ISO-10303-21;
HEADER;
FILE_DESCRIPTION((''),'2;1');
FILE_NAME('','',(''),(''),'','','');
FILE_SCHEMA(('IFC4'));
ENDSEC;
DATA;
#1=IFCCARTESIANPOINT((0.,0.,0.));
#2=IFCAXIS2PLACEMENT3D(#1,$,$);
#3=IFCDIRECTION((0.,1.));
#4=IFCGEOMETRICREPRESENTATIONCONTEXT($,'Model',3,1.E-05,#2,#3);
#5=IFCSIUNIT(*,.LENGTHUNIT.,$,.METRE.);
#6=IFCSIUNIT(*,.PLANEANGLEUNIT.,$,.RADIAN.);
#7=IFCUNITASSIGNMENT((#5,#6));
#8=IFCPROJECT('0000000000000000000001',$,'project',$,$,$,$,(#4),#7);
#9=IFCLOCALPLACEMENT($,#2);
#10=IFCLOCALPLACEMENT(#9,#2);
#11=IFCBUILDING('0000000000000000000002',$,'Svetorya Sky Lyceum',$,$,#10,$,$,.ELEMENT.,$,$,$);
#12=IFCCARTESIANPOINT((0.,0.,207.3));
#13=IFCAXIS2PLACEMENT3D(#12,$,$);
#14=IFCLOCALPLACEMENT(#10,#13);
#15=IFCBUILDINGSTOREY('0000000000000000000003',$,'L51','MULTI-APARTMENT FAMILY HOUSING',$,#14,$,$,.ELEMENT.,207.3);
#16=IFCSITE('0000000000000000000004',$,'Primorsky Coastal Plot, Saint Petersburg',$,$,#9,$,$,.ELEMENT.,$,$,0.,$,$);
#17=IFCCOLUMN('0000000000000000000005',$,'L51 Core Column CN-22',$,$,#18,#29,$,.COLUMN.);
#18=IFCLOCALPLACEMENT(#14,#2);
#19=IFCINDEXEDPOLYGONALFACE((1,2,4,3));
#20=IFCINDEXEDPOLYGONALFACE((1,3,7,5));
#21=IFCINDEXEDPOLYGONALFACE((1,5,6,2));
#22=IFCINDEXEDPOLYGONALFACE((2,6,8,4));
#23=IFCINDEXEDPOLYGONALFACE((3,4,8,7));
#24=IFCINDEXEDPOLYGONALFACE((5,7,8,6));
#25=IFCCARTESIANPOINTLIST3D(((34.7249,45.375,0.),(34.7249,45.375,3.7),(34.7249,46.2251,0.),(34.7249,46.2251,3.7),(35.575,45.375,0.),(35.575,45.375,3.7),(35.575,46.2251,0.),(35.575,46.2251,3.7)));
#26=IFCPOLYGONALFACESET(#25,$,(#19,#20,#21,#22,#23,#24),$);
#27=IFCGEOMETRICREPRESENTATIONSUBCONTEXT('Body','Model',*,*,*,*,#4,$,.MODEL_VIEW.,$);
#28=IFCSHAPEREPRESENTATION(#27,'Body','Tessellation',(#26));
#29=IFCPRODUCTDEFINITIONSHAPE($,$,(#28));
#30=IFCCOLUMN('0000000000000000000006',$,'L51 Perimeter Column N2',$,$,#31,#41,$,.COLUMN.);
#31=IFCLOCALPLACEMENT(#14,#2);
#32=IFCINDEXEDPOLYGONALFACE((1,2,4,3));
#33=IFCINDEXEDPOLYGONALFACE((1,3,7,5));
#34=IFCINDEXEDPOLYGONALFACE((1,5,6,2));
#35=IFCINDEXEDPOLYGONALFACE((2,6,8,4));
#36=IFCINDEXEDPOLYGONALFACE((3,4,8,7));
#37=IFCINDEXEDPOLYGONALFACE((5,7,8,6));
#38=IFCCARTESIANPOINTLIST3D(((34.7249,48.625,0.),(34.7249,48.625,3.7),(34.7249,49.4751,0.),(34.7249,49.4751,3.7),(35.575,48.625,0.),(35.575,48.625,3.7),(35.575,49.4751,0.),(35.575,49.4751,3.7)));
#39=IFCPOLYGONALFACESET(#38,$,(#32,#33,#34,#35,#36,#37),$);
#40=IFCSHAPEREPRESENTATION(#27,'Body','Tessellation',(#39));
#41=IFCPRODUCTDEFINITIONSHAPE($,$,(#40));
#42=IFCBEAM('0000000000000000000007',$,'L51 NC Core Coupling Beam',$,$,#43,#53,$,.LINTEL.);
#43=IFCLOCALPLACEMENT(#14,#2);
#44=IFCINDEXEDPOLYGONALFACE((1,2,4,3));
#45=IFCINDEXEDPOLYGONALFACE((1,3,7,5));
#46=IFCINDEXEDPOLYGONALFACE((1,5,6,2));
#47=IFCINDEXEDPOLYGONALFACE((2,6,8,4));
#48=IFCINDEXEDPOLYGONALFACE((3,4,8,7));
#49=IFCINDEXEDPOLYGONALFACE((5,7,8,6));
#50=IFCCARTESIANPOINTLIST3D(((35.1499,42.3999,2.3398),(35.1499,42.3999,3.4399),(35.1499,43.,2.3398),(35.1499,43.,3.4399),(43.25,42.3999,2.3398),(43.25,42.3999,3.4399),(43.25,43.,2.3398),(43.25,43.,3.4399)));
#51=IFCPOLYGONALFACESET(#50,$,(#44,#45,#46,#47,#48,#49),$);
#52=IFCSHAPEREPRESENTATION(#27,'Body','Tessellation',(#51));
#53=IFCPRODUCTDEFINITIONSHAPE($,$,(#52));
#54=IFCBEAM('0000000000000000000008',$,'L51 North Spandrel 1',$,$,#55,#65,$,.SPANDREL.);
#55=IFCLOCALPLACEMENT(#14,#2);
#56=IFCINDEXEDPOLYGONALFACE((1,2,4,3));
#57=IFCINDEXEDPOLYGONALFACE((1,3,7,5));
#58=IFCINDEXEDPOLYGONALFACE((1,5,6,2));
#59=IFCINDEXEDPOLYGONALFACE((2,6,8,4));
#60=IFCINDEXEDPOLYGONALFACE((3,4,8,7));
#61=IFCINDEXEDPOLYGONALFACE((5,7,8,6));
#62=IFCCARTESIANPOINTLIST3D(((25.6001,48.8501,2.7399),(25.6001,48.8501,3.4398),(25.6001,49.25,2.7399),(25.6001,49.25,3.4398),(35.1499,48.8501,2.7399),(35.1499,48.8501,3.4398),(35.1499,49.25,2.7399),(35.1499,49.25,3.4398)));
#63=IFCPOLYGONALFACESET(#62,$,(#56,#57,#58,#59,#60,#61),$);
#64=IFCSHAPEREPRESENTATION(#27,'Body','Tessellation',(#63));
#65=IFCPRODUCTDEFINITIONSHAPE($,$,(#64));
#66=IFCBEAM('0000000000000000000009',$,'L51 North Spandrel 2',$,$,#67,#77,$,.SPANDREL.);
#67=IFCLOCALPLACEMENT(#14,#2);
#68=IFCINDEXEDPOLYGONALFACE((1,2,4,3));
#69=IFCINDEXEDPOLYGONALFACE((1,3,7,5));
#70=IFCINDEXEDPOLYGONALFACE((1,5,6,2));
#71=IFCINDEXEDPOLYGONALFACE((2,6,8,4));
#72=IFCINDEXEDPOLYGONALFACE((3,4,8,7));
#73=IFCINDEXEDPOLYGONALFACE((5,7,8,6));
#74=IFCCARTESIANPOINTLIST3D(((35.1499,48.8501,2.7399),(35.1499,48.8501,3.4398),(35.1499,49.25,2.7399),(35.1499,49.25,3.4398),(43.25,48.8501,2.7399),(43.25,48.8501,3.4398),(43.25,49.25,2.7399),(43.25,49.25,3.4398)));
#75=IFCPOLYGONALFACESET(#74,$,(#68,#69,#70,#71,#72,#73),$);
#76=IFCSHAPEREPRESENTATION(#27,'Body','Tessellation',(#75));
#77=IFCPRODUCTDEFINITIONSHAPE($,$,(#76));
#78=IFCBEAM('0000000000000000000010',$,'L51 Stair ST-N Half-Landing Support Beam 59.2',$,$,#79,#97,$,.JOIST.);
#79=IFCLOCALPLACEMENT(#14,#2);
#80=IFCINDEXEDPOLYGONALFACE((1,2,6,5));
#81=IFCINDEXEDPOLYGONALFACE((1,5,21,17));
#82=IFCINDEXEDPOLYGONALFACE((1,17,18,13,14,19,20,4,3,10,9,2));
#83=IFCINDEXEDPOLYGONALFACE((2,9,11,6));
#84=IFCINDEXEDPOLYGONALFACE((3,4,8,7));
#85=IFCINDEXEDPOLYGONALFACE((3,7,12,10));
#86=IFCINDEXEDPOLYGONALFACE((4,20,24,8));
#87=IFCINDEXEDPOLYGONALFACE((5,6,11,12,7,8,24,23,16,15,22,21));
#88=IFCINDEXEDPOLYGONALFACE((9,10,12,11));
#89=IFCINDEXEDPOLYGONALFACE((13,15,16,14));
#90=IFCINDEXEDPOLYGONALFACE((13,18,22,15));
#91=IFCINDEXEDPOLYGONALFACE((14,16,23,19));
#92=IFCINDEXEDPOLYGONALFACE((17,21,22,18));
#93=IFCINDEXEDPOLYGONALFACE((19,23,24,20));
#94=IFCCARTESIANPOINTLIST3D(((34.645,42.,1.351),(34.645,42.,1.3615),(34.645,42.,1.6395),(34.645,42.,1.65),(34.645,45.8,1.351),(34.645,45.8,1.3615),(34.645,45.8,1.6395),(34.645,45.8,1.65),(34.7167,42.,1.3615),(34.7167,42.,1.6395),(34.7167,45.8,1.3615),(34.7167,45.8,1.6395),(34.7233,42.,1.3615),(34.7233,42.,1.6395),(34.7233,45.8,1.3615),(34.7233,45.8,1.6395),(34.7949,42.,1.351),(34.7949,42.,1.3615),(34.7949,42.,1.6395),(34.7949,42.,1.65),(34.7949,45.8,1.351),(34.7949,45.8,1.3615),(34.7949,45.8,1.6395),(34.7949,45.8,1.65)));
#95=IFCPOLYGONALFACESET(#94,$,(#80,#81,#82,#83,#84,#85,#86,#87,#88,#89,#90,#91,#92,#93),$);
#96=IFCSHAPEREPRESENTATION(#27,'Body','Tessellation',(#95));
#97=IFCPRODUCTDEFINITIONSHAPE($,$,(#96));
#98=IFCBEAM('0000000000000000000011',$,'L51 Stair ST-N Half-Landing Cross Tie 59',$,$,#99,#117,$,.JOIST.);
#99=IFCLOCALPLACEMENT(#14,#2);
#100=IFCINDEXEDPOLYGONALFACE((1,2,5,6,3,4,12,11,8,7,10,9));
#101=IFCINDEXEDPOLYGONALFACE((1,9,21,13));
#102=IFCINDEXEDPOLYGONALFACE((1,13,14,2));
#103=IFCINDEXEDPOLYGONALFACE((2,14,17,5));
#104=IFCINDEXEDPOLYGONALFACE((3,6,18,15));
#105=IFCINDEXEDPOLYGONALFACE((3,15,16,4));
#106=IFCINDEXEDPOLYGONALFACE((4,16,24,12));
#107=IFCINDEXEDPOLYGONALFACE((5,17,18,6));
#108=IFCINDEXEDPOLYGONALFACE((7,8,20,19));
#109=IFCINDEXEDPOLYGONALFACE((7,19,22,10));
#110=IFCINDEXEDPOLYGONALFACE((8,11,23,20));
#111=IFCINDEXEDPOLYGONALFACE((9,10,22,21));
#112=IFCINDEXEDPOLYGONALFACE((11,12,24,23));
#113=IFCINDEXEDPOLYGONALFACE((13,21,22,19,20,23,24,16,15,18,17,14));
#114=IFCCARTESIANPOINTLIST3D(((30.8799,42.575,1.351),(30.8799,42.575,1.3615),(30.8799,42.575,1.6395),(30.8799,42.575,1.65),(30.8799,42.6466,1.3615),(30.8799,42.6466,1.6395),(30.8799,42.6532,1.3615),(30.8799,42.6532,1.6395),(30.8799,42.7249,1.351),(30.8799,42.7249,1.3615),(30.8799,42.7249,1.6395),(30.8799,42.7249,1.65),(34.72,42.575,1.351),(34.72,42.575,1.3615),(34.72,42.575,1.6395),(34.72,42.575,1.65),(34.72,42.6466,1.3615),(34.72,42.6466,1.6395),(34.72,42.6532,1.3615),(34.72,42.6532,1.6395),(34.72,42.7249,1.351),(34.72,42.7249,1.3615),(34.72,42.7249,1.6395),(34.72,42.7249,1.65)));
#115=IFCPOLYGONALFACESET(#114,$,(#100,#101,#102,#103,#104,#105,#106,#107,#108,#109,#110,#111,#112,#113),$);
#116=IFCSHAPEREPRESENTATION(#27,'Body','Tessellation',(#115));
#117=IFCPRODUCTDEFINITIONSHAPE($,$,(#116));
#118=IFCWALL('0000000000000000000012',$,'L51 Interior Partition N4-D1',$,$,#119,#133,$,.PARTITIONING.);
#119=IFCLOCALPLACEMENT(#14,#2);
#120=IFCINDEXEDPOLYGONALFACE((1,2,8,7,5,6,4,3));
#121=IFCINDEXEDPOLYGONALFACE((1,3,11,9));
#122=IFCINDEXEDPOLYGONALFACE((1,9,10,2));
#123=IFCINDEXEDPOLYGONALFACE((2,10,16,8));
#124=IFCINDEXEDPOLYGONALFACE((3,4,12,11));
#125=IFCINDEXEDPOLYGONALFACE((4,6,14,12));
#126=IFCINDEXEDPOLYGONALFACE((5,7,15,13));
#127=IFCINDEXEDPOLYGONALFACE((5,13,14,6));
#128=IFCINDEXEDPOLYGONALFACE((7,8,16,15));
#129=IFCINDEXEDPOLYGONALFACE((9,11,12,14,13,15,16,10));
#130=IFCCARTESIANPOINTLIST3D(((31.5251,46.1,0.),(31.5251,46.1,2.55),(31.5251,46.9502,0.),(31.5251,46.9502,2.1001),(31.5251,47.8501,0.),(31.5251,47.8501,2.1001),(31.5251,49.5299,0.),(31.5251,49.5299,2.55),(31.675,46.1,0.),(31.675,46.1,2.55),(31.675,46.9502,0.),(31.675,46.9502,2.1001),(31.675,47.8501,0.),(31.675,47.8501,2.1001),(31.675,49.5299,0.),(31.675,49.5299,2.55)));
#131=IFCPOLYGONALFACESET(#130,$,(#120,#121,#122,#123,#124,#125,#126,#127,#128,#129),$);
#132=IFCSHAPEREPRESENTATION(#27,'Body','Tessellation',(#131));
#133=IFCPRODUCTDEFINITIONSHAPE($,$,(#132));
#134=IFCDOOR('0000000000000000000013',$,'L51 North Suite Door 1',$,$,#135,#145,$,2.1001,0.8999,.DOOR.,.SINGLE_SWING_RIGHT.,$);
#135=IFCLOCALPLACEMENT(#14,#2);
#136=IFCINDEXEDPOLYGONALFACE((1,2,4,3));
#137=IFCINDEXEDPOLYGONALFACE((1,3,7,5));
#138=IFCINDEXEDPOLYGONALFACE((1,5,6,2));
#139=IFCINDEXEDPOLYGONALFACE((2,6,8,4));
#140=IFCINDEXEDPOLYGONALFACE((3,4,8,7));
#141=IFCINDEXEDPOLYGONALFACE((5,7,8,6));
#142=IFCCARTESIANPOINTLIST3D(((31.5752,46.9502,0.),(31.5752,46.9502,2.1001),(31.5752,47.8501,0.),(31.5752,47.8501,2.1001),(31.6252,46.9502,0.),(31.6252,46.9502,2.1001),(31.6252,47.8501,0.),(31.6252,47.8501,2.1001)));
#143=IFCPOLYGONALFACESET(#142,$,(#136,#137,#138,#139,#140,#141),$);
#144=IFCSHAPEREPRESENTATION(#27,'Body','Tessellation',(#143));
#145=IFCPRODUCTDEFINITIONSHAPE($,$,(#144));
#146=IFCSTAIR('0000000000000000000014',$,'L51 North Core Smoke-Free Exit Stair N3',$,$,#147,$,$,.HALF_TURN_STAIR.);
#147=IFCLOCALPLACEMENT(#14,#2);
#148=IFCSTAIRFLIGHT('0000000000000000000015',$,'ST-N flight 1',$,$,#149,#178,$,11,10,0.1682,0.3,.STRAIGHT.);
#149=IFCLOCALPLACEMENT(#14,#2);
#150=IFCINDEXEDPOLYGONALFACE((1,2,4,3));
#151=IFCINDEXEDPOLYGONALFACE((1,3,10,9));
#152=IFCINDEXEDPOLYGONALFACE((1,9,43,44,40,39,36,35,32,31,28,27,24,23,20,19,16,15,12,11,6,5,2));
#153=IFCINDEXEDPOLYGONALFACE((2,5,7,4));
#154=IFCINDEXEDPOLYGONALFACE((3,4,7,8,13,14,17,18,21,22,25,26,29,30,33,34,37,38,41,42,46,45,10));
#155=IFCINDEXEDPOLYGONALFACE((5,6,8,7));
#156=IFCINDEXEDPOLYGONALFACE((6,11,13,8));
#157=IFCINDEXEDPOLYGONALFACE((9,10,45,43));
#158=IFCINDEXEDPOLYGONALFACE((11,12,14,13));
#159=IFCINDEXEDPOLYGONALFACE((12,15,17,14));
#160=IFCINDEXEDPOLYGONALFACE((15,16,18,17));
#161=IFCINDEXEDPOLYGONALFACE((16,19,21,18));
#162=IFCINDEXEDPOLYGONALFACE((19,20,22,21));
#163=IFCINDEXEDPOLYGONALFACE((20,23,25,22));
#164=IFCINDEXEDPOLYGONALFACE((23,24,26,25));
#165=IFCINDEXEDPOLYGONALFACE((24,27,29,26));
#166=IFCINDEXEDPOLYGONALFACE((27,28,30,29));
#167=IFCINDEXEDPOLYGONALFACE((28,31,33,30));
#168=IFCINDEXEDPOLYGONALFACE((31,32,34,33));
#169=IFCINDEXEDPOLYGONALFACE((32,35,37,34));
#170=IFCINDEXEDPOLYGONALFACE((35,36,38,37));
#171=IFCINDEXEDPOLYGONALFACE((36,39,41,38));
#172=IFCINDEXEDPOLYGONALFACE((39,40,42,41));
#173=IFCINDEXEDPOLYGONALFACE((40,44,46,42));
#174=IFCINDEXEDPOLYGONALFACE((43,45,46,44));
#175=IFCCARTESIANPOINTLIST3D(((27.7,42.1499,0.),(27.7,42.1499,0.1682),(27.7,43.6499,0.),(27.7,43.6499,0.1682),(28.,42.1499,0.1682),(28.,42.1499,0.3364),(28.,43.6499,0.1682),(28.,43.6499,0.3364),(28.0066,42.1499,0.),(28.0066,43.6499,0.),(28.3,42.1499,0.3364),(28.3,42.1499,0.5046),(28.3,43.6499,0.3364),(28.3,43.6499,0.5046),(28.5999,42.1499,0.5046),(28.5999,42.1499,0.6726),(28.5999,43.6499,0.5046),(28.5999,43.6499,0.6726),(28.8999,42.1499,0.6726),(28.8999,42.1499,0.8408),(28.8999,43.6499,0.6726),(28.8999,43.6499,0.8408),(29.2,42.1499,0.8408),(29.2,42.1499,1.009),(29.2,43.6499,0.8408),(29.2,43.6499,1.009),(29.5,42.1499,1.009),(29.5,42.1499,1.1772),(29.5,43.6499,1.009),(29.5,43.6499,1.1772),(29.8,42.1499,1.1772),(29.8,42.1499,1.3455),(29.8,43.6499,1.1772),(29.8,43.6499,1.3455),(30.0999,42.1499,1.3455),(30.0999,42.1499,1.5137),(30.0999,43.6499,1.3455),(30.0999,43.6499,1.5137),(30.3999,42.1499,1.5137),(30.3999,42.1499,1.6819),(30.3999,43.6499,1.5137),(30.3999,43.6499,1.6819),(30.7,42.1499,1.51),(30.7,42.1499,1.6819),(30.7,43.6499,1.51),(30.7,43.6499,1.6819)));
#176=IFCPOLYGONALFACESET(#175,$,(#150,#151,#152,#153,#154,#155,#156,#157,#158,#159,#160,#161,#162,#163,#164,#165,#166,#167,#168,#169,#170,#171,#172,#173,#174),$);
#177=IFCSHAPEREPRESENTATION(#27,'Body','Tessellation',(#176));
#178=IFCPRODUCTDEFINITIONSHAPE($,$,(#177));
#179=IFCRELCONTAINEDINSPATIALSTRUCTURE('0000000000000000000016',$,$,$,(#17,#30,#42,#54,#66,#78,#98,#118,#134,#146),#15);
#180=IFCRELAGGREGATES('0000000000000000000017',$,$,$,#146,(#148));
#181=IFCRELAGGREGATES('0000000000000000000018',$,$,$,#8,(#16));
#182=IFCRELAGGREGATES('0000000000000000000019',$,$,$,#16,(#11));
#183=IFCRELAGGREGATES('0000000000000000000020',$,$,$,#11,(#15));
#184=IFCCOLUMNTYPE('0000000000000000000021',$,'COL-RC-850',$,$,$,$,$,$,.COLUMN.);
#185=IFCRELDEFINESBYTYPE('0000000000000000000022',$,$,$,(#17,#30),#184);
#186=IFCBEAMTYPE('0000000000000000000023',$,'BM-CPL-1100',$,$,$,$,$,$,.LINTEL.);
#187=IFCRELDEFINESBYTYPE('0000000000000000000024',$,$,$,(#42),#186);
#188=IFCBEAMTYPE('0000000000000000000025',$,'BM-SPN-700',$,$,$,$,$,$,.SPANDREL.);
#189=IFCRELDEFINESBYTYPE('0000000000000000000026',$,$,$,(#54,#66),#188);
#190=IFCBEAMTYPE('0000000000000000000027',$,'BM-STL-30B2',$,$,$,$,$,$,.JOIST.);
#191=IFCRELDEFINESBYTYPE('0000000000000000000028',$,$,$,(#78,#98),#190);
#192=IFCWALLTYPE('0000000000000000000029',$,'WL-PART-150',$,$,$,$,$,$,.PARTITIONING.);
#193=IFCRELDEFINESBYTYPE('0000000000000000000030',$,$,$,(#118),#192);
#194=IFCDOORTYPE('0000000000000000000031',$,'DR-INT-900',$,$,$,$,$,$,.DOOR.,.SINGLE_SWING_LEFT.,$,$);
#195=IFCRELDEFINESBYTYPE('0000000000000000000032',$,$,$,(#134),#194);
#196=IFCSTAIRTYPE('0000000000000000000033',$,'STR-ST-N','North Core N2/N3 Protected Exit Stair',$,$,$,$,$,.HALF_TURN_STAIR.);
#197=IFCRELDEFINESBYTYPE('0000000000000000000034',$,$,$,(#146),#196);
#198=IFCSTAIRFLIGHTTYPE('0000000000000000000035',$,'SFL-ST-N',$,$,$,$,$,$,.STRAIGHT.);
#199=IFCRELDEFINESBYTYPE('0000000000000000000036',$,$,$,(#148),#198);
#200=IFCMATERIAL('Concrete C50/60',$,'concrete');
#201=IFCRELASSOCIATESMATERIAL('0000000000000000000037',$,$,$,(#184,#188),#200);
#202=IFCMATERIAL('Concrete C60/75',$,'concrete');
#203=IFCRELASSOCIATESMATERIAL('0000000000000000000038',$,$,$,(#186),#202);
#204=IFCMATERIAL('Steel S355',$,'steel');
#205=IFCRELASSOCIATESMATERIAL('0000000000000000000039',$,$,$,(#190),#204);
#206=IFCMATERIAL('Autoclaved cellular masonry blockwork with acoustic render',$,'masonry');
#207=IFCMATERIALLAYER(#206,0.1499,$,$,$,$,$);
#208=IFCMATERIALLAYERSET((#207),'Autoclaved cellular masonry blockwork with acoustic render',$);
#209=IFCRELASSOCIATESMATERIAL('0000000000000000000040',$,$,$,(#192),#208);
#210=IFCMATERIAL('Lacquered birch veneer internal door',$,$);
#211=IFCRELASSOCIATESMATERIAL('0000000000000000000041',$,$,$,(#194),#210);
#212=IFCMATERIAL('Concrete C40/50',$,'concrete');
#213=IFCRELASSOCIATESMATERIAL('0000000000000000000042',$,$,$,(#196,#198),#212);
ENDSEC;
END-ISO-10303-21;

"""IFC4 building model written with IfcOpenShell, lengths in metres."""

from ifc_helpers import new_model, si_unit, direction, frame, frame_2d, origin, origin_2d, place, context, subcontext, project, spatial, polyline, rectangle, i_section, outline, extrude, material, layer, layer_set, material_profile, profile_set, type_object, element, fill, aggregate, save


model = new_model("IFC4")

# Units and contexts
model_context = context("Model", 3, precision=1e-05, world=origin(), true_north=direction((0.0, 1.0)))
body_context = subcontext(model_context, "Body", "Model", "MODEL_VIEW")
ifc_project = project(units=[si_unit("LENGTHUNIT", "METRE"), si_unit("PLANEANGLEUNIT", "RADIAN")], contexts=[model_context])

# Site, building, storey
site_placement = place(None, origin())
site = spatial("IfcSite", under=ifc_project, at=site_placement, Name="Primorsky Coastal Plot, Saint Petersburg", CompositionType="ELEMENT", RefElevation=0.0)
building_placement = place(site_placement, origin())
building = spatial("IfcBuilding", under=site, at=building_placement, Name="Svetorya Sky Lyceum", CompositionType="ELEMENT")
storey_placement = place(building_placement, frame((0.0, 0.0, 207.3)))
storey = spatial("IfcBuildingStorey", under=building, at=storey_placement, Name="L51", Description="MULTI-APARTMENT FAMILY HOUSING", CompositionType="ELEMENT", Elevation=207.3)

# Columns
ifc_material_1 = material(Name="Concrete C50/60", Category="concrete")
ifc_material_profile_1 = material_profile(ifc_material_1, rectangle(XDim=0.8501, YDim=0.8501, at=origin_2d()), Name="RC COL 850x850")
ifc_profile_set_1 = profile_set([ifc_material_profile_1], Name="Concrete C50/60")
column_type = type_object("IfcColumnType", Name="COL-RC-850", PredefinedType="COLUMN", material=ifc_profile_set_1)
for number, where, z_axis, x_axis, name in (
    (1, (35.1499, 45.8, 0.0), (0.0, 0.0, 1.0), (1.0, 0.0, 0.0), "L51 Core Column CN-22"),
    (2, (35.1499, 49.05, 0.0), (0.0, 0.0, 1.0), (1.0, 0.0, 0.0), "L51 Perimeter Column N2"),
):
    element("IfcColumn", number, at=place(storey_placement, frame(where, z_axis=z_axis, x_axis=x_axis)), inside=storey, type_object=column_type, Name=name, PredefinedType="COLUMN", context=body_context, shape_type="SweptSolid", body=[
        extrude(rectangle(XDim=0.8501, YDim=0.8501, at=origin_2d()), origin(), (0.0, 0.0, 1.0), 3.7),
    ])

# Beams
ifc_material_2 = material(Name="Concrete C60/75", Category="concrete")
ifc_material_profile_2 = material_profile(ifc_material_2, rectangle(XDim=0.6001, YDim=1.1001, at=origin_2d()), Name="RC COUPLING 600x1100")
ifc_profile_set_2 = profile_set([ifc_material_profile_2], Name="Concrete C60/75")
beam_type_1 = type_object("IfcBeamType", Name="BM-CPL-1100", PredefinedType="LINTEL", material=ifc_profile_set_2)
beam_1_placement = place(storey_placement, frame((35.1499, 42.7, 2.8899), z_axis=(1.0, 0.0, 0.0), x_axis=(0.0, 1.0, 0.0)))
element("IfcBeam", 3, at=beam_1_placement, inside=storey, type_object=beam_type_1, Name="L51 NC Core Coupling Beam", PredefinedType="LINTEL", context=body_context, shape_type="SweptSolid", body=[
    extrude(rectangle(XDim=0.6001, YDim=1.1001, at=origin_2d()), origin(), (0.0, 0.0, 1.0), 8.1001),
])
ifc_material_profile_3 = material_profile(ifc_material_1, rectangle(XDim=0.3999, YDim=0.7, at=origin_2d()), Name="RC SPANDREL 400x700")
ifc_profile_set_3 = profile_set([ifc_material_profile_3], Name="Concrete C50/60")
beam_type_2 = type_object("IfcBeamType", Name="BM-SPN-700", PredefinedType="SPANDREL", material=ifc_profile_set_3)
beam_2_placement = place(storey_placement, frame((25.6001, 49.05, 3.0898), z_axis=(1.0, 0.0, 0.0), x_axis=(0.0, 1.0, 0.0)))
element("IfcBeam", 4, at=beam_2_placement, inside=storey, type_object=beam_type_2, Name="L51 North Spandrel 1", PredefinedType="SPANDREL", context=body_context, shape_type="SweptSolid", body=[
    extrude(rectangle(XDim=0.3999, YDim=0.7, at=origin_2d()), origin(), (0.0, 0.0, 1.0), 9.5498),
])
beam_3_placement = place(storey_placement, frame((35.1499, 49.05, 3.0898), z_axis=(1.0, 0.0, 0.0), x_axis=(0.0, 1.0, 0.0)))
element("IfcBeam", 5, at=beam_3_placement, inside=storey, type_object=beam_type_2, Name="L51 North Spandrel 2", PredefinedType="SPANDREL", context=body_context, shape_type="SweptSolid", body=[
    extrude(rectangle(XDim=0.3999, YDim=0.7, at=origin_2d()), origin(), (0.0, 0.0, 1.0), 8.1001),
])
ifc_material_3 = material(Name="Steel S355", Category="steel")
ifc_material_profile_4 = material_profile(ifc_material_3, i_section(OverallWidth=0.1499, OverallDepth=0.2991, WebThickness=0.0066, FlangeThickness=0.0105, at=origin_2d()), Name="GOST 30B2")
ifc_profile_set_4 = profile_set([ifc_material_profile_4], Name="Steel S355")
beam_type_3 = type_object("IfcBeamType", Name="BM-STL-30B2", PredefinedType="JOIST", material=ifc_profile_set_4)
beam_4_placement = place(storey_placement, frame((34.72, 42.0, 1.5005), z_axis=(0.0, 1.0, 0.0), x_axis=(-1.0, 0.0, 0.0)))
element("IfcBeam", 6, at=beam_4_placement, inside=storey, type_object=beam_type_3, Name="L51 Stair ST-N Half-Landing Support Beam 59.2", PredefinedType="JOIST", context=body_context, shape_type="SweptSolid", body=[
    extrude(i_section(OverallWidth=0.1499, OverallDepth=0.2991, WebThickness=0.0066, FlangeThickness=0.0105, at=origin_2d()), origin(), (0.0, 0.0, 1.0), 3.8),
])
beam_5_placement = place(storey_placement, frame((30.8799, 42.6499, 1.5005), z_axis=(1.0, 0.0, 0.0), x_axis=(0.0, 1.0, 0.0)))
element("IfcBeam", 7, at=beam_5_placement, inside=storey, type_object=beam_type_3, Name="L51 Stair ST-N Half-Landing Cross Tie 59", PredefinedType="JOIST", context=body_context, shape_type="SweptSolid", body=[
    extrude(i_section(OverallWidth=0.1499, OverallDepth=0.2991, WebThickness=0.0066, FlangeThickness=0.0105, at=origin_2d()), origin(), (0.0, 0.0, 1.0), 3.8401),
])

# Wall, opening, door
ifc_material_4 = material(Name="Autoclaved cellular masonry blockwork with acoustic render", Category="masonry")
ifc_layer = layer(ifc_material_4, 0.1499)
ifc_layer_set = layer_set([ifc_layer], Name="Autoclaved cellular masonry blockwork with acoustic render")
wall_type = type_object("IfcWallType", Name="WL-PART-150", PredefinedType="PARTITIONING", material=ifc_layer_set)
wall_placement = place(storey_placement, frame((31.6001, 46.1001, 0.0), z_axis=(0.0, 0.0, 1.0), x_axis=(0.0, 1.0, 0.0)))
wall = element("IfcWall", 8, at=wall_placement, inside=storey, type_object=wall_type, Name="L51 Interior Partition N4-D1", PredefinedType="PARTITIONING", context=body_context, shape_type="SweptSolid", body=[
    extrude(rectangle(XDim=3.4299, YDim=0.1499, at=frame_2d((1.7148, 0.0))), origin(), (0.0, 0.0, 1.0), 2.55),
])
opening_placement = place(wall_placement, frame((0.8501, 0.0, 0.0)))
opening = element("IfcOpeningElement", 9, at=opening_placement, cuts=wall, PredefinedType="OPENING", context=body_context, shape_type="SweptSolid", body=[
    extrude(rectangle(XDim=0.8999, YDim=2.1001, at=frame_2d((0.45, 1.05))), frame((0.0, 0.085, 0.0), z_axis=(0.0, -1.0, 0.0), x_axis=(1.0, 0.0, 0.0)), (0.0, 0.0, 1.0), 0.1699),
])
ifc_material_5 = material(Name="Lacquered birch veneer internal door")
door_type = type_object("IfcDoorType", Name="DR-INT-900", OperationType="SINGLE_SWING_LEFT", PredefinedType="DOOR", material=ifc_material_5)
door_placement = place(opening_placement, origin())
door = element("IfcDoor", 10, at=door_placement, inside=storey, type_object=door_type, Name="L51 North Suite Door 1", OperationType="SINGLE_SWING_RIGHT", OverallHeight=2.1001, OverallWidth=0.8999, PredefinedType="DOOR", context=body_context, shape_type="SweptSolid", body=[
    extrude(rectangle(XDim=0.8999, YDim=2.1001, at=frame_2d((0.45, 1.05))), frame((0.0, 0.0249, 0.0), z_axis=(0.0, -1.0, 0.0), x_axis=(1.0, 0.0, 0.0)), (0.0, 0.0, 1.0), 0.05),
])
fill(opening, door)

# Stair, stair flight
ifc_material_6 = material(Name="Concrete C40/50", Category="concrete")
stair_type = type_object("IfcStairType", Name="STR-ST-N", Description="North Core N2/N3 Protected Exit Stair", PredefinedType="HALF_TURN_STAIR", material=ifc_material_6)
stair_placement = place(storey_placement, origin())
stair = element("IfcStair", 11, at=stair_placement, inside=storey, type_object=stair_type, Name="L51 North Core Smoke-Free Exit Stair N3", PredefinedType="HALF_TURN_STAIR")
stair_flight_type = type_object("IfcStairFlightType", Name="SFL-ST-N", PredefinedType="STRAIGHT", material=ifc_material_6)
stair_flight_1_placement = place(storey_placement, frame((27.7, 42.8999, 0.0), z_axis=(0.0, 0.0, 1.0), x_axis=(1.0, 0.0, 0.0)))
stair_flight_1 = element("IfcStairFlight", 12, at=stair_flight_1_placement, type_object=stair_flight_type, Name="ST-N flight 1", NumberOfRisers=11, NumberOfTreads=10, PredefinedType="STRAIGHT", RiserHeight=0.1682, TreadLength=0.3, context=body_context, shape_type="SweptSolid", body=[
    extrude(outline(polyline([(0.0, 0.0), (0.0, 0.1682), (0.3, 0.1682), (0.3, 0.3364), (0.6001, 0.3364), (0.6001, 0.5046), (0.8999, 0.5046), (0.8999, 0.6726), (1.2, 0.6726), (1.2, 0.8408), (1.5, 0.8408), (1.5, 1.009), (1.8, 1.009), (1.8, 1.1772), (2.1001, 1.1772), (2.1001, 1.3455), (2.3999, 1.3455), (2.3999, 1.5137), (2.7, 1.5137), (2.7, 1.6819), (3.0, 1.6819), (3.0, 1.8501), (3.0, 1.51), (0.3066, 0.0), (0.0, 0.0)])), frame((0.0, 0.75, 0.0), z_axis=(0.0, -1.0, 0.0), x_axis=(1.0, 0.0, 0.0)), (0.0, 0.0, 1.0), 1.5),
])
aggregate(stair, [stair_flight_1])

save(model, "model.ifc")
